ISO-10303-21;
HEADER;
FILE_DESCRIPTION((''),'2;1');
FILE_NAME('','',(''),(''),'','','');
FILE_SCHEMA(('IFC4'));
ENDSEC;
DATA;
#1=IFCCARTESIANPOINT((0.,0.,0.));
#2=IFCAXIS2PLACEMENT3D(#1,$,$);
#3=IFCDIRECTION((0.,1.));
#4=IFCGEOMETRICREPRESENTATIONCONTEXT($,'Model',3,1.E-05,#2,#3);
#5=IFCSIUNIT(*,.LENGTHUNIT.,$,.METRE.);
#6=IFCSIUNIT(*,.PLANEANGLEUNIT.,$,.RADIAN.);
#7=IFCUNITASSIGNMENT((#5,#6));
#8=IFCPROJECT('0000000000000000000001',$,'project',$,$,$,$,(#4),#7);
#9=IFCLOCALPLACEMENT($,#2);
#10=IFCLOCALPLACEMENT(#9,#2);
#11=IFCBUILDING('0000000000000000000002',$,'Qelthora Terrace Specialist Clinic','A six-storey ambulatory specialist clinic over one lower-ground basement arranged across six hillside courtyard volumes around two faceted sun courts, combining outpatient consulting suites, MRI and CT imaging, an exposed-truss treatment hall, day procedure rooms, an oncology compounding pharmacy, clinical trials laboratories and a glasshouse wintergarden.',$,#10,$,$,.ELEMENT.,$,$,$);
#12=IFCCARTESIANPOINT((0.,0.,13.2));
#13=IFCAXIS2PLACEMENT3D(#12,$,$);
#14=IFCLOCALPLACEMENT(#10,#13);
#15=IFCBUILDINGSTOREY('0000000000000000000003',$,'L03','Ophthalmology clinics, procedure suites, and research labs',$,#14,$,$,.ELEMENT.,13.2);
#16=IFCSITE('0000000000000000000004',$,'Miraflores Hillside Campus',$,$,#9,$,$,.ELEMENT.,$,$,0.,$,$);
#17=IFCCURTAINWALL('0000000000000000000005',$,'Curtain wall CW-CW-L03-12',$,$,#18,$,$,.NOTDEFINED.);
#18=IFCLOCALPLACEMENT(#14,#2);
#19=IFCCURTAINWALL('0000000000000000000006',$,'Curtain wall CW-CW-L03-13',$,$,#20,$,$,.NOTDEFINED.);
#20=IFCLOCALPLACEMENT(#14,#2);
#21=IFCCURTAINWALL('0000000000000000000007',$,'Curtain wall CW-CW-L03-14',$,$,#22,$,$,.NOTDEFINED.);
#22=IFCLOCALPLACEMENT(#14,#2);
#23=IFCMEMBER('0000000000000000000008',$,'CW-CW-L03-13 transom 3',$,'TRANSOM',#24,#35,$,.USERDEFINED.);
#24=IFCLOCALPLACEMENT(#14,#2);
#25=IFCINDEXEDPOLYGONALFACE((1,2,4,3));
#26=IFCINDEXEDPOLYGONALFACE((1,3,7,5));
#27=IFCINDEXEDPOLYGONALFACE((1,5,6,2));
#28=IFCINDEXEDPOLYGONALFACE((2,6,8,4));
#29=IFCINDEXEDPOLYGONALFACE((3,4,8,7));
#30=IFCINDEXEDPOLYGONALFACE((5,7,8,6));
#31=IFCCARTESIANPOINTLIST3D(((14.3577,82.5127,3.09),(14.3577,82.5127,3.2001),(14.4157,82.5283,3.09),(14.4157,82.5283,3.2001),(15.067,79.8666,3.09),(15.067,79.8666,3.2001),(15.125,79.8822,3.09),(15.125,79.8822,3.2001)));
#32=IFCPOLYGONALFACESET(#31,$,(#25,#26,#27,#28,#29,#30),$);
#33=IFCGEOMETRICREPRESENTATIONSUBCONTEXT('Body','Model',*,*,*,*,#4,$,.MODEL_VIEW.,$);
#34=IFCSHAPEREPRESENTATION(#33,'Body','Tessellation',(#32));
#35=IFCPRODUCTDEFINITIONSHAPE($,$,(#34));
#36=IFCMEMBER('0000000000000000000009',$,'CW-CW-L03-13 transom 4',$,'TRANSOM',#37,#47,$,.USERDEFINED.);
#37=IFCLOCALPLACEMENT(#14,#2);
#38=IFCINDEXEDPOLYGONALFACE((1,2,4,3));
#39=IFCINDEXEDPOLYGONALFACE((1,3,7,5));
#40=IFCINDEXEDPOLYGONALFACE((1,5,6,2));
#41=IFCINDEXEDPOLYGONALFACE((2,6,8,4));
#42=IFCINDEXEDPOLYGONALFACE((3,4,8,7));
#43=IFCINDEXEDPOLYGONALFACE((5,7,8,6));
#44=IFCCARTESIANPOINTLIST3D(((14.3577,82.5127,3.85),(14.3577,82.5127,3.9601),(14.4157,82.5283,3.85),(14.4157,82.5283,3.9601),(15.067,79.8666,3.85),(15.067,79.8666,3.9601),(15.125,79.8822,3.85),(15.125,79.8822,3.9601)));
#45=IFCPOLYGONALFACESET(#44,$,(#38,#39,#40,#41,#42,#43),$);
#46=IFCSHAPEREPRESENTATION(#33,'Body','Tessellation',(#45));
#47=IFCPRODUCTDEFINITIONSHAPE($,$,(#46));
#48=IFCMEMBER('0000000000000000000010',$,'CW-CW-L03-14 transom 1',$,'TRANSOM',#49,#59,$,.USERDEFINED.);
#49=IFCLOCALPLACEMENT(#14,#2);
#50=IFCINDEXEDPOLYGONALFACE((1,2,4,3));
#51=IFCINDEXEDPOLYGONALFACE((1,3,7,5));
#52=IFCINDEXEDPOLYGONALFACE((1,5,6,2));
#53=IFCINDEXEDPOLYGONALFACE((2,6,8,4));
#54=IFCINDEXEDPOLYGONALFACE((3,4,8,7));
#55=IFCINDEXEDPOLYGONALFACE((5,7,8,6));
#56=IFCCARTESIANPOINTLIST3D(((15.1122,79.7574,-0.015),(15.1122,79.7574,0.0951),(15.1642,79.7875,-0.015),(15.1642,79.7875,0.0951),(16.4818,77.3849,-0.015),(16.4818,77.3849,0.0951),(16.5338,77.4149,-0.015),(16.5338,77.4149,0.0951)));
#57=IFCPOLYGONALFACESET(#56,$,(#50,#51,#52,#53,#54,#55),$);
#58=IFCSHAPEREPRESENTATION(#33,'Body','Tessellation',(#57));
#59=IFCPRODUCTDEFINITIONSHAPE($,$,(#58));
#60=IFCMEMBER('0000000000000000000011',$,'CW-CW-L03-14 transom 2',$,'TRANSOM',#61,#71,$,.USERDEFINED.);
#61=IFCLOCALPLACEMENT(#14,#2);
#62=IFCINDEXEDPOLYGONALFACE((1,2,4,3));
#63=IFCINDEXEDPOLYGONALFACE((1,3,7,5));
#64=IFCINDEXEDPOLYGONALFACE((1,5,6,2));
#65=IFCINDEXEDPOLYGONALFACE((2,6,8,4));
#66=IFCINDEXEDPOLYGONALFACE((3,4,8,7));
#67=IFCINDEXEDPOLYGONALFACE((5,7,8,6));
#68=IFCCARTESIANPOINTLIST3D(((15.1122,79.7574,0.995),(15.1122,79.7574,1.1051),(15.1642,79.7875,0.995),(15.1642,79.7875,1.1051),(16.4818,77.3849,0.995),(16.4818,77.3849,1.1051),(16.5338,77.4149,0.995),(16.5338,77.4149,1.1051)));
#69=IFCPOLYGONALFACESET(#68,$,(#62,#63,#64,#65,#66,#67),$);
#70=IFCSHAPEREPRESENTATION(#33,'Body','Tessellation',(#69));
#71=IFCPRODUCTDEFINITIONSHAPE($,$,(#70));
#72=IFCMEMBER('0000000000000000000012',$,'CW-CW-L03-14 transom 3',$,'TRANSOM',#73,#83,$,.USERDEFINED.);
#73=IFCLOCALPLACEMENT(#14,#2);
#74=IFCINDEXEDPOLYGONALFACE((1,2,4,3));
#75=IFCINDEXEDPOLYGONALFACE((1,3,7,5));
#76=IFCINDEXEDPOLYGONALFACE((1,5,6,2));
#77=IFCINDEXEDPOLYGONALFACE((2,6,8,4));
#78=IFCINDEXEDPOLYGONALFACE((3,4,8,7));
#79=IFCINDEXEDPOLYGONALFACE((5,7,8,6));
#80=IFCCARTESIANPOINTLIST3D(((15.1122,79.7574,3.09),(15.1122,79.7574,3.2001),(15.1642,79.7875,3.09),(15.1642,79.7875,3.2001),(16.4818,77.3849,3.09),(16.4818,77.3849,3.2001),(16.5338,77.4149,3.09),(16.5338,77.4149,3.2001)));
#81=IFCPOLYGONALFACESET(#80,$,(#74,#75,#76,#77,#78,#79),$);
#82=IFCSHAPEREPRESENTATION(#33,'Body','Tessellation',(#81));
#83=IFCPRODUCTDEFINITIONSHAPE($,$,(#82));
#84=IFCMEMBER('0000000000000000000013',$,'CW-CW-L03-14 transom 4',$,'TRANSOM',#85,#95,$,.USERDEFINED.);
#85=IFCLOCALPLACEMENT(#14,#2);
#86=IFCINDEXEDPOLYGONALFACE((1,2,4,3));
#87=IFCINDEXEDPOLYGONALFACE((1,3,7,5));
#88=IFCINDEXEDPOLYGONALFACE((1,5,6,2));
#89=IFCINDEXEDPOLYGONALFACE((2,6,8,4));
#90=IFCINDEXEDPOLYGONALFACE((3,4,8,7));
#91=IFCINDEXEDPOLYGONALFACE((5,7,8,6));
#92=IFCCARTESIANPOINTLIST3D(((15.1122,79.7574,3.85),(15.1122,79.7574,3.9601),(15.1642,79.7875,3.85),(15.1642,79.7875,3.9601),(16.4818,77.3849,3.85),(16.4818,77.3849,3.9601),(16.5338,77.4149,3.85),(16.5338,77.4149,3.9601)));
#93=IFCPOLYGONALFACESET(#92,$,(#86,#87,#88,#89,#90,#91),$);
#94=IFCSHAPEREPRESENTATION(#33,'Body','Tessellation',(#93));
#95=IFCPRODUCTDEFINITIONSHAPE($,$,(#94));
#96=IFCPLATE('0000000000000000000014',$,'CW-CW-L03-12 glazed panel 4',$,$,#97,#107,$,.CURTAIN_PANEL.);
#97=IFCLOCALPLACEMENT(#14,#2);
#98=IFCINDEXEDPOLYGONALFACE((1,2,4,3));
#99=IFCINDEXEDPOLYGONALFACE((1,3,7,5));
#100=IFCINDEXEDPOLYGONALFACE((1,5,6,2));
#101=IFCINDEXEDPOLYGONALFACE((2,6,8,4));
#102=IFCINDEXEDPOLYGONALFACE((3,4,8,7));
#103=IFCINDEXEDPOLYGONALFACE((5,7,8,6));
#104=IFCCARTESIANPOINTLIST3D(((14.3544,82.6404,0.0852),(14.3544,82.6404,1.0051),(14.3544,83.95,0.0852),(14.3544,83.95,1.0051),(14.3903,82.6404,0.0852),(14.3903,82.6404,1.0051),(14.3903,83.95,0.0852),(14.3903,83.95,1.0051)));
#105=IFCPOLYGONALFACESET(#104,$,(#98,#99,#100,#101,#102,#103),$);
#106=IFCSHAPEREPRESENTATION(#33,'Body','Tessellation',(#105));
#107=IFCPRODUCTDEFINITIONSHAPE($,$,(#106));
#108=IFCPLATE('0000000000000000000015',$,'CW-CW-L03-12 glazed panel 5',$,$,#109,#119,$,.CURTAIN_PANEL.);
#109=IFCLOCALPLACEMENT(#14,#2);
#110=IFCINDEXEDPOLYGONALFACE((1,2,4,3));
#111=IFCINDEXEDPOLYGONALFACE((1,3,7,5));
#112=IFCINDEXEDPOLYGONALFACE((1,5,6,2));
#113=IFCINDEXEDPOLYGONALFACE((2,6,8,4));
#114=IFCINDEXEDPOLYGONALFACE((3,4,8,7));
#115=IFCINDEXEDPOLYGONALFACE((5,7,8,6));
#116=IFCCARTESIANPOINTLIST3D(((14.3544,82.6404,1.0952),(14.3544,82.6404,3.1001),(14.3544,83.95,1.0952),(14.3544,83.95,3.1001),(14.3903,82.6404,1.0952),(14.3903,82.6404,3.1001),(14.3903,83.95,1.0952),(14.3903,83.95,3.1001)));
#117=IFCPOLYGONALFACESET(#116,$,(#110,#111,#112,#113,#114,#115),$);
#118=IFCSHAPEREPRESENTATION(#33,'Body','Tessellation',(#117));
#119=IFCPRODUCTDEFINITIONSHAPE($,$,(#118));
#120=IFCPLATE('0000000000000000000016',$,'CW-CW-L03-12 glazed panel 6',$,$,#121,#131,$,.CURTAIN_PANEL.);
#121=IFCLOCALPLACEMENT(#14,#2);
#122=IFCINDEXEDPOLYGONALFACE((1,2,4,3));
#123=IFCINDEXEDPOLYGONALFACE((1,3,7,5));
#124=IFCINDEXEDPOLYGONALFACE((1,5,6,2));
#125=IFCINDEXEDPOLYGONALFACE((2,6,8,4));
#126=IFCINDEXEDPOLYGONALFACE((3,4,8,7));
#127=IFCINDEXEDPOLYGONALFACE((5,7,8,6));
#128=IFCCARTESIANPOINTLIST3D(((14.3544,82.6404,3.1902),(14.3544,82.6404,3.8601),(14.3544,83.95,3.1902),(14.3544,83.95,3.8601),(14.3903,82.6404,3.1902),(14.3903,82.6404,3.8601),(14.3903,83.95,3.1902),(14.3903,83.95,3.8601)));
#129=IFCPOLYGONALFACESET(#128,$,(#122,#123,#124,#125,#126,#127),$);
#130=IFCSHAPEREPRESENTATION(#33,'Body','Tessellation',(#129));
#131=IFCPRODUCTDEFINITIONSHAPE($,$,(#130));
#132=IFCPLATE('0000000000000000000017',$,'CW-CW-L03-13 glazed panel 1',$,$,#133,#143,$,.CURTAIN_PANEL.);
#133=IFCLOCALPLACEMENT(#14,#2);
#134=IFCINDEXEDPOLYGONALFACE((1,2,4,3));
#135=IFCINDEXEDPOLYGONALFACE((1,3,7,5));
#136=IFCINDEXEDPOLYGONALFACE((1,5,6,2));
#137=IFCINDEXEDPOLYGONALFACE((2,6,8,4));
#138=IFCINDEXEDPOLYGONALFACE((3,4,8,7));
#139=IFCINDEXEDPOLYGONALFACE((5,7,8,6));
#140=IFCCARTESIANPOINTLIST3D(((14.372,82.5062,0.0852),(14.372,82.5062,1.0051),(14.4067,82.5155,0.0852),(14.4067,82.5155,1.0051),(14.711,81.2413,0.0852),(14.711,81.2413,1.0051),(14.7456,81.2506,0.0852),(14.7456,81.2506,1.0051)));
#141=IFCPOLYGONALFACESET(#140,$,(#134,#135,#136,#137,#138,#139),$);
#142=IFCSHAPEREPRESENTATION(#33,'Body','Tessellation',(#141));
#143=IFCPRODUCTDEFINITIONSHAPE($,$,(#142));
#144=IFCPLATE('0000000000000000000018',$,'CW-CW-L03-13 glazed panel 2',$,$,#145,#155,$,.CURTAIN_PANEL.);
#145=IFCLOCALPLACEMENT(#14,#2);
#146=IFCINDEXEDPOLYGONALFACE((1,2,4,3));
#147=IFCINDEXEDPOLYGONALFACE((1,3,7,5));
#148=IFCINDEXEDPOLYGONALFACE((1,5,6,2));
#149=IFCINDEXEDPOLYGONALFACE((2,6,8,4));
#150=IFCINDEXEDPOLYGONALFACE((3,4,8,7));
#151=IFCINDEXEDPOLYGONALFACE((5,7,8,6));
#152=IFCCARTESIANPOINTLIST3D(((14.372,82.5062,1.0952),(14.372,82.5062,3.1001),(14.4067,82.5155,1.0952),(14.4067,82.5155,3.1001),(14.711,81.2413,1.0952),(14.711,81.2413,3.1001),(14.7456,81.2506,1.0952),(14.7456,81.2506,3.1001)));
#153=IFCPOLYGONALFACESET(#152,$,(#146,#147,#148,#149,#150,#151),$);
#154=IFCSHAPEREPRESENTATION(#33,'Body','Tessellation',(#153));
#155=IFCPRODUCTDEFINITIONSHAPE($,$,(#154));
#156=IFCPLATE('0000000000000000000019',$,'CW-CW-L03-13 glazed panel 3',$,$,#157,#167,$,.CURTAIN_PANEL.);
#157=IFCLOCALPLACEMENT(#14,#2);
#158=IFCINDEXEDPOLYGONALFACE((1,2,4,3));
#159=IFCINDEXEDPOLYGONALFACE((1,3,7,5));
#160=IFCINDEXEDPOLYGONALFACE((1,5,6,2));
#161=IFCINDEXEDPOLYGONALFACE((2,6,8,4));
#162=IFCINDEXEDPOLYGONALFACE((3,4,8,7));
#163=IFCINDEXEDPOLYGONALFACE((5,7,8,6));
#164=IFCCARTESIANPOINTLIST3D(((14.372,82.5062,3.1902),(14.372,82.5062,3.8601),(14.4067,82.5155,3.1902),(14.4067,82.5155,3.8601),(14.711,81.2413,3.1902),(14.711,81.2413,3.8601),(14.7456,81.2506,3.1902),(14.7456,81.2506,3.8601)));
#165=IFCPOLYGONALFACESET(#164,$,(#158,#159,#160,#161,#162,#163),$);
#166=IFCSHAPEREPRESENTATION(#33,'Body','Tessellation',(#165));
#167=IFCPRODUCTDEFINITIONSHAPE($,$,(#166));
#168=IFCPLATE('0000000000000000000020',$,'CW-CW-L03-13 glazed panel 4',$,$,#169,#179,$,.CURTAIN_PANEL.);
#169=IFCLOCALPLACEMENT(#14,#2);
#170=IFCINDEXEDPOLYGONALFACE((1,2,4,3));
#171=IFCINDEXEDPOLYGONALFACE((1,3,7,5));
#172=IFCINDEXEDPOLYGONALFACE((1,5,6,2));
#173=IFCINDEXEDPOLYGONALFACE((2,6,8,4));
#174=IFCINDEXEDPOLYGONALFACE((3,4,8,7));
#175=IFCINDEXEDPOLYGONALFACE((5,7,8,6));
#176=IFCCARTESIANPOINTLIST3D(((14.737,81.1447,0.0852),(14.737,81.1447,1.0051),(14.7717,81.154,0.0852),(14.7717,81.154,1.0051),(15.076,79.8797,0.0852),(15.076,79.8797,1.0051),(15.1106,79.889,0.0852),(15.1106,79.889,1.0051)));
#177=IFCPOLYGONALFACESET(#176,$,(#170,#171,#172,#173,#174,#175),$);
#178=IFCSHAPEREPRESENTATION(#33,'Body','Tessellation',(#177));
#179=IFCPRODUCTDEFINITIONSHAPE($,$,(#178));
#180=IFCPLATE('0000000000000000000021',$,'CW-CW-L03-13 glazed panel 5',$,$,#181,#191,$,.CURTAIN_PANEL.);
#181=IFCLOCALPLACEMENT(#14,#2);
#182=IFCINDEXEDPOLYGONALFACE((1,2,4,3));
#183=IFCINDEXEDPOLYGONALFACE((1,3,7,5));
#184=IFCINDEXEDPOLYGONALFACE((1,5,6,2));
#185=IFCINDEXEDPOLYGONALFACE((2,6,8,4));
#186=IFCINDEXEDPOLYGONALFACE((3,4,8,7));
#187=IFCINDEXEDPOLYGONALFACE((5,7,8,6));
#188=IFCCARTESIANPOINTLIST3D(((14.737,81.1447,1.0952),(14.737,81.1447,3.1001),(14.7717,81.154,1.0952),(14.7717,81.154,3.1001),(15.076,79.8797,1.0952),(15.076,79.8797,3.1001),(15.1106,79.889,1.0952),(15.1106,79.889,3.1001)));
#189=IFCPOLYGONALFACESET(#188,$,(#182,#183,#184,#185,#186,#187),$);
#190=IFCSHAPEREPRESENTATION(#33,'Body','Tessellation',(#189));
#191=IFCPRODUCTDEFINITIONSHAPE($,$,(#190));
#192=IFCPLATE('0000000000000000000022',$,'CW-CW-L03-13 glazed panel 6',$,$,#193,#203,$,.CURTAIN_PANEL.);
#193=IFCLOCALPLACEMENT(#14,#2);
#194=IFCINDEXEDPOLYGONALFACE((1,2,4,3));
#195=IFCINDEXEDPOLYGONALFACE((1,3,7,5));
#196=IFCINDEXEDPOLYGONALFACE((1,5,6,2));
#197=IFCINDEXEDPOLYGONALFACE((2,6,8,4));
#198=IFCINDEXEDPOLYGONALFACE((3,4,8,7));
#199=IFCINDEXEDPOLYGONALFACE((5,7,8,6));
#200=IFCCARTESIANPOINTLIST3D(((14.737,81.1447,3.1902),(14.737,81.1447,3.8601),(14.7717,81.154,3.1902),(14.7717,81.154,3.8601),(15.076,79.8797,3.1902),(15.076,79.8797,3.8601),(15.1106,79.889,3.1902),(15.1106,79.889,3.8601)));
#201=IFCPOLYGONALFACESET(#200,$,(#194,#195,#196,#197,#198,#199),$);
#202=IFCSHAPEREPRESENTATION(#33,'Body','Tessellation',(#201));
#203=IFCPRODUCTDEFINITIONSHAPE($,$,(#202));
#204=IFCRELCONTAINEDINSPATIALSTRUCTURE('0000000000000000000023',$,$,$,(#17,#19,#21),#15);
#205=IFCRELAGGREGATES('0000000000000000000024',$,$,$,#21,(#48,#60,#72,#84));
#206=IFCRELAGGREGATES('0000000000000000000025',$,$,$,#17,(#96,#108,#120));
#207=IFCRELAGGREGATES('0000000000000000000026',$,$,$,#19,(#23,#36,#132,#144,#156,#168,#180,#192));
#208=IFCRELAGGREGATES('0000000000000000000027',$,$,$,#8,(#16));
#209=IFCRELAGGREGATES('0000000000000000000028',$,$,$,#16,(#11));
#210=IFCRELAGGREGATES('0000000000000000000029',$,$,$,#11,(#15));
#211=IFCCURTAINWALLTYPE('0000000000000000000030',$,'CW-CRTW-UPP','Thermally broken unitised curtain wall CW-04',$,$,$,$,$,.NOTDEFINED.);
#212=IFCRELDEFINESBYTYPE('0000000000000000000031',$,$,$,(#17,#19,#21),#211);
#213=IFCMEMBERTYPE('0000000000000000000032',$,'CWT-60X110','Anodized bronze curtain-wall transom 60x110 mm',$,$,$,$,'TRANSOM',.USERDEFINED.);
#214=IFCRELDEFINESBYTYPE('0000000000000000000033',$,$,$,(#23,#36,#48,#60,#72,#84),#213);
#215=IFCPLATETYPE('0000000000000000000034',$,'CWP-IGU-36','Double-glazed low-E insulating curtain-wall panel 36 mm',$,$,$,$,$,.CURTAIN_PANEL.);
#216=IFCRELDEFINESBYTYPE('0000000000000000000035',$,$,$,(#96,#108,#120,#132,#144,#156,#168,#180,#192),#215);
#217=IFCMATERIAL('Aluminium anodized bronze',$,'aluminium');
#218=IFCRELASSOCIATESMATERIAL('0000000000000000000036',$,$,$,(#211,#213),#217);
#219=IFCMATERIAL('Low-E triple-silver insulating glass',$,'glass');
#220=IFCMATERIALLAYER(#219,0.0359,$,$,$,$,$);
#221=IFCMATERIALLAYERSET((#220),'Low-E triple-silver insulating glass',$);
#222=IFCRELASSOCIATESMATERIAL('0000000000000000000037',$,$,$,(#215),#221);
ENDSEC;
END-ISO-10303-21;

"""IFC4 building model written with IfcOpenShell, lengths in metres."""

from ifc_helpers import new_model, si_unit, direction, frame, origin, origin_2d, place, context, subcontext, project, spatial, rectangle, extrude, material, layer, layer_set, material_profile, profile_set, type_object, element, aggregate, save


model = new_model("IFC4")

# Units and contexts
model_context = context("Model", 3, precision=1e-05, world=origin(), true_north=direction((0.0, 1.0)))
body_context = subcontext(model_context, "Body", "Model", "MODEL_VIEW")
ifc_project = project(units=[si_unit("LENGTHUNIT", "METRE"), si_unit("PLANEANGLEUNIT", "RADIAN")], contexts=[model_context])

# Site, building, storey
site_placement = place(None, origin())
site = spatial("IfcSite", under=ifc_project, at=site_placement, Name="Miraflores Hillside Campus", CompositionType="ELEMENT", RefElevation=0.0)
building_placement = place(site_placement, origin())
building = spatial("IfcBuilding", under=site, at=building_placement, Name="Qelthora Terrace Specialist Clinic", Description="A six-storey ambulatory specialist clinic over one lower-ground basement arranged across six hillside courtyard volumes around two faceted sun courts, combining outpatient consulting suites, MRI and CT imaging, an exposed-truss treatment hall, day procedure rooms, an oncology compounding pharmacy, clinical trials laboratories and a glasshouse wintergarden.", CompositionType="ELEMENT")
storey_placement = place(building_placement, frame((0.0, 0.0, 13.2)))
storey = spatial("IfcBuildingStorey", under=building, at=storey_placement, Name="L03", Description="Ophthalmology clinics, procedure suites, and research labs", CompositionType="ELEMENT", Elevation=13.2)

# Curtain wall
ifc_material_1 = material(Name="Aluminium anodized bronze", Category="aluminium")
curtain_wall_type = type_object("IfcCurtainWallType", Name="CW-CRTW-UPP", Description="Thermally broken unitised curtain wall CW-04", PredefinedType="NOTDEFINED", material=ifc_material_1)
curtain_wall_1_placement = place(storey_placement, origin())
curtain_wall_1 = element("IfcCurtainWall", 1, at=curtain_wall_1_placement, inside=storey, type_object=curtain_wall_type, Name="Curtain wall CW-CW-L03-12", PredefinedType="NOTDEFINED")

# Curtain wall
curtain_wall_2_placement = place(storey_placement, origin())
curtain_wall_2 = element("IfcCurtainWall", 2, at=curtain_wall_2_placement, inside=storey, type_object=curtain_wall_type, Name="Curtain wall CW-CW-L03-13", PredefinedType="NOTDEFINED")

# Curtain wall
curtain_wall_3_placement = place(storey_placement, origin())
curtain_wall_3 = element("IfcCurtainWall", 3, at=curtain_wall_3_placement, inside=storey, type_object=curtain_wall_type, Name="Curtain wall CW-CW-L03-14", PredefinedType="NOTDEFINED")

# Members
ifc_material_profile_1 = material_profile(ifc_material_1, rectangle(XDim=0.0601, YDim=0.1101, at=origin_2d()), Name="CWT60X110")
ifc_profile_set_1 = profile_set([ifc_material_profile_1], Name="Aluminium anodized bronze")
member_type_1 = type_object("IfcMemberType", Name="CWT-60X110", Description="Anodized bronze curtain-wall transom 60x110 mm", ElementType="TRANSOM", PredefinedType="USERDEFINED", material=ifc_profile_set_1)
member_1_placement = place(storey_placement, frame((14.3867, 82.5205, 3.145), z_axis=(0.258899, -0.965904, 0.0), x_axis=(0.965904, 0.258899, 0.0)))
member_1 = element("IfcMember", 4, at=member_1_placement, type_object=member_type_1, Name="CW-CW-L03-13 transom 3", ObjectType="TRANSOM", PredefinedType="USERDEFINED", context=body_context, shape_type="SweptSolid", body=[
    extrude(rectangle(XDim=0.0601, YDim=0.1101, at=origin_2d()), origin(), (0.0, 0.0, 1.0), 2.7395),
])
member_2_placement = place(storey_placement, frame((14.3867, 82.5205, 3.905), z_axis=(0.258899, -0.965904, 0.0), x_axis=(0.965904, 0.258899, 0.0)))
member_2 = element("IfcMember", 5, at=member_2_placement, type_object=member_type_1, Name="CW-CW-L03-13 transom 4", ObjectType="TRANSOM", PredefinedType="USERDEFINED", context=body_context, shape_type="SweptSolid", body=[
    extrude(rectangle(XDim=0.0601, YDim=0.1101, at=origin_2d()), origin(), (0.0, 0.0, 1.0), 2.7395),
])
member_3_placement = place(storey_placement, frame((15.1382, 79.7725, 0.04), z_axis=(0.499954, -0.866052, 0.0), x_axis=(0.866052, 0.499954, 0.0)))
member_3 = element("IfcMember", 6, at=member_3_placement, type_object=member_type_1, Name="CW-CW-L03-14 transom 1", ObjectType="TRANSOM", PredefinedType="USERDEFINED", context=body_context, shape_type="SweptSolid", body=[
    extrude(rectangle(XDim=0.0601, YDim=0.1101, at=origin_2d()), origin(), (0.0, 0.0, 1.0), 2.7395),
])
member_4_placement = place(storey_placement, frame((15.1382, 79.7725, 1.05), z_axis=(0.499954, -0.866052, 0.0), x_axis=(0.866052, 0.499954, 0.0)))
member_4 = element("IfcMember", 7, at=member_4_placement, type_object=member_type_1, Name="CW-CW-L03-14 transom 2", ObjectType="TRANSOM", PredefinedType="USERDEFINED", context=body_context, shape_type="SweptSolid", body=[
    extrude(rectangle(XDim=0.0601, YDim=0.1101, at=origin_2d()), origin(), (0.0, 0.0, 1.0), 2.7395),
])
member_5_placement = place(storey_placement, frame((15.1382, 79.7725, 3.145), z_axis=(0.499954, -0.866052, 0.0), x_axis=(0.866052, 0.499954, 0.0)))
member_5 = element("IfcMember", 8, at=member_5_placement, type_object=member_type_1, Name="CW-CW-L03-14 transom 3", ObjectType="TRANSOM", PredefinedType="USERDEFINED", context=body_context, shape_type="SweptSolid", body=[
    extrude(rectangle(XDim=0.0601, YDim=0.1101, at=origin_2d()), origin(), (0.0, 0.0, 1.0), 2.7395),
])
member_6_placement = place(storey_placement, frame((15.1382, 79.7725, 3.905), z_axis=(0.499954, -0.866052, 0.0), x_axis=(0.866052, 0.499954, 0.0)))
member_6 = element("IfcMember", 9, at=member_6_placement, type_object=member_type_1, Name="CW-CW-L03-14 transom 4", ObjectType="TRANSOM", PredefinedType="USERDEFINED", context=body_context, shape_type="SweptSolid", body=[
    extrude(rectangle(XDim=0.0601, YDim=0.1101, at=origin_2d()), origin(), (0.0, 0.0, 1.0), 2.7395),
])
aggregate(curtain_wall_3, [member_3, member_4, member_5, member_6])

# Plates
ifc_material_2 = material(Name="Low-E triple-silver insulating glass", Category="glass")
ifc_layer = layer(ifc_material_2, 0.0359)
ifc_layer_set = layer_set([ifc_layer], Name="Low-E triple-silver insulating glass")
plate_type = type_object("IfcPlateType", Name="CWP-IGU-36", Description="Double-glazed low-E insulating curtain-wall panel 36 mm", PredefinedType="CURTAIN_PANEL", material=ifc_layer_set)
plate_1_placement = place(storey_placement, frame((14.3723, 83.2952, 0.0852), z_axis=(0.0, 0.0, 1.0), x_axis=(0.0, -1.0, 0.0)))
plate_1 = element("IfcPlate", 10, at=plate_1_placement, type_object=plate_type, Name="CW-CW-L03-12 glazed panel 4", PredefinedType="CURTAIN_PANEL", context=body_context, shape_type="SweptSolid", body=[
    extrude(rectangle(XDim=1.3096, YDim=0.0359, at=origin_2d()), origin(), (0.0, 0.0, 1.0), 0.9199),
])
plate_2_placement = place(storey_placement, frame((14.3723, 83.2952, 1.0952), z_axis=(0.0, 0.0, 1.0), x_axis=(0.0, -1.0, 0.0)))
plate_2 = element("IfcPlate", 11, at=plate_2_placement, type_object=plate_type, Name="CW-CW-L03-12 glazed panel 5", PredefinedType="CURTAIN_PANEL", context=body_context, shape_type="SweptSolid", body=[
    extrude(rectangle(XDim=1.3096, YDim=0.0359, at=origin_2d()), origin(), (0.0, 0.0, 1.0), 2.0049),
])
plate_3_placement = place(storey_placement, frame((14.3723, 83.2952, 3.1902), z_axis=(0.0, 0.0, 1.0), x_axis=(0.0, -1.0, 0.0)))
plate_3 = element("IfcPlate", 12, at=plate_3_placement, type_object=plate_type, Name="CW-CW-L03-12 glazed panel 6", PredefinedType="CURTAIN_PANEL", context=body_context, shape_type="SweptSolid", body=[
    extrude(rectangle(XDim=1.3096, YDim=0.0359, at=origin_2d()), origin(), (0.0, 0.0, 1.0), 0.6699),
])
aggregate(curtain_wall_1, [plate_1, plate_2, plate_3])
plate_4_placement = place(storey_placement, frame((14.5588, 81.8784, 0.0852), z_axis=(0.0, 0.0, 1.0), x_axis=(0.258821, -0.965925, 0.0)))
plate_4 = element("IfcPlate", 13, at=plate_4_placement, type_object=plate_type, Name="CW-CW-L03-13 glazed panel 1", PredefinedType="CURTAIN_PANEL", context=body_context, shape_type="SweptSolid", body=[
    extrude(rectangle(XDim=1.3096, YDim=0.0359, at=origin_2d()), origin(), (0.0, 0.0, 1.0), 0.9199),
])
plate_5_placement = place(storey_placement, frame((14.5588, 81.8784, 1.0952), z_axis=(0.0, 0.0, 1.0), x_axis=(0.258821, -0.965925, 0.0)))
plate_5 = element("IfcPlate", 14, at=plate_5_placement, type_object=plate_type, Name="CW-CW-L03-13 glazed panel 2", PredefinedType="CURTAIN_PANEL", context=body_context, shape_type="SweptSolid", body=[
    extrude(rectangle(XDim=1.3096, YDim=0.0359, at=origin_2d()), origin(), (0.0, 0.0, 1.0), 2.0049),
])
plate_6_placement = place(storey_placement, frame((14.5588, 81.8784, 3.1902), z_axis=(0.0, 0.0, 1.0), x_axis=(0.258821, -0.965925, 0.0)))
plate_6 = element("IfcPlate", 15, at=plate_6_placement, type_object=plate_type, Name="CW-CW-L03-13 glazed panel 3", PredefinedType="CURTAIN_PANEL", context=body_context, shape_type="SweptSolid", body=[
    extrude(rectangle(XDim=1.3096, YDim=0.0359, at=origin_2d()), origin(), (0.0, 0.0, 1.0), 0.6699),
])
plate_7_placement = place(storey_placement, frame((14.9238, 80.5168, 0.0852), z_axis=(0.0, 0.0, 1.0), x_axis=(0.258821, -0.965925, 0.0)))
plate_7 = element("IfcPlate", 16, at=plate_7_placement, type_object=plate_type, Name="CW-CW-L03-13 glazed panel 4", PredefinedType="CURTAIN_PANEL", context=body_context, shape_type="SweptSolid", body=[
    extrude(rectangle(XDim=1.3096, YDim=0.0359, at=origin_2d()), origin(), (0.0, 0.0, 1.0), 0.9199),
])
plate_8_placement = place(storey_placement, frame((14.9238, 80.5168, 1.0952), z_axis=(0.0, 0.0, 1.0), x_axis=(0.258821, -0.965925, 0.0)))
plate_8 = element("IfcPlate", 17, at=plate_8_placement, type_object=plate_type, Name="CW-CW-L03-13 glazed panel 5", PredefinedType="CURTAIN_PANEL", context=body_context, shape_type="SweptSolid", body=[
    extrude(rectangle(XDim=1.3096, YDim=0.0359, at=origin_2d()), origin(), (0.0, 0.0, 1.0), 2.0049),
])
plate_9_placement = place(storey_placement, frame((14.9238, 80.5168, 3.1902), z_axis=(0.0, 0.0, 1.0), x_axis=(0.258821, -0.965925, 0.0)))
plate_9 = element("IfcPlate", 18, at=plate_9_placement, type_object=plate_type, Name="CW-CW-L03-13 glazed panel 6", PredefinedType="CURTAIN_PANEL", context=body_context, shape_type="SweptSolid", body=[
    extrude(rectangle(XDim=1.3096, YDim=0.0359, at=origin_2d()), origin(), (0.0, 0.0, 1.0), 0.6699),
])
aggregate(curtain_wall_2, [member_1, member_2, plate_4, plate_5, plate_6, plate_7, plate_8, plate_9])

save(model, "model.ifc")
